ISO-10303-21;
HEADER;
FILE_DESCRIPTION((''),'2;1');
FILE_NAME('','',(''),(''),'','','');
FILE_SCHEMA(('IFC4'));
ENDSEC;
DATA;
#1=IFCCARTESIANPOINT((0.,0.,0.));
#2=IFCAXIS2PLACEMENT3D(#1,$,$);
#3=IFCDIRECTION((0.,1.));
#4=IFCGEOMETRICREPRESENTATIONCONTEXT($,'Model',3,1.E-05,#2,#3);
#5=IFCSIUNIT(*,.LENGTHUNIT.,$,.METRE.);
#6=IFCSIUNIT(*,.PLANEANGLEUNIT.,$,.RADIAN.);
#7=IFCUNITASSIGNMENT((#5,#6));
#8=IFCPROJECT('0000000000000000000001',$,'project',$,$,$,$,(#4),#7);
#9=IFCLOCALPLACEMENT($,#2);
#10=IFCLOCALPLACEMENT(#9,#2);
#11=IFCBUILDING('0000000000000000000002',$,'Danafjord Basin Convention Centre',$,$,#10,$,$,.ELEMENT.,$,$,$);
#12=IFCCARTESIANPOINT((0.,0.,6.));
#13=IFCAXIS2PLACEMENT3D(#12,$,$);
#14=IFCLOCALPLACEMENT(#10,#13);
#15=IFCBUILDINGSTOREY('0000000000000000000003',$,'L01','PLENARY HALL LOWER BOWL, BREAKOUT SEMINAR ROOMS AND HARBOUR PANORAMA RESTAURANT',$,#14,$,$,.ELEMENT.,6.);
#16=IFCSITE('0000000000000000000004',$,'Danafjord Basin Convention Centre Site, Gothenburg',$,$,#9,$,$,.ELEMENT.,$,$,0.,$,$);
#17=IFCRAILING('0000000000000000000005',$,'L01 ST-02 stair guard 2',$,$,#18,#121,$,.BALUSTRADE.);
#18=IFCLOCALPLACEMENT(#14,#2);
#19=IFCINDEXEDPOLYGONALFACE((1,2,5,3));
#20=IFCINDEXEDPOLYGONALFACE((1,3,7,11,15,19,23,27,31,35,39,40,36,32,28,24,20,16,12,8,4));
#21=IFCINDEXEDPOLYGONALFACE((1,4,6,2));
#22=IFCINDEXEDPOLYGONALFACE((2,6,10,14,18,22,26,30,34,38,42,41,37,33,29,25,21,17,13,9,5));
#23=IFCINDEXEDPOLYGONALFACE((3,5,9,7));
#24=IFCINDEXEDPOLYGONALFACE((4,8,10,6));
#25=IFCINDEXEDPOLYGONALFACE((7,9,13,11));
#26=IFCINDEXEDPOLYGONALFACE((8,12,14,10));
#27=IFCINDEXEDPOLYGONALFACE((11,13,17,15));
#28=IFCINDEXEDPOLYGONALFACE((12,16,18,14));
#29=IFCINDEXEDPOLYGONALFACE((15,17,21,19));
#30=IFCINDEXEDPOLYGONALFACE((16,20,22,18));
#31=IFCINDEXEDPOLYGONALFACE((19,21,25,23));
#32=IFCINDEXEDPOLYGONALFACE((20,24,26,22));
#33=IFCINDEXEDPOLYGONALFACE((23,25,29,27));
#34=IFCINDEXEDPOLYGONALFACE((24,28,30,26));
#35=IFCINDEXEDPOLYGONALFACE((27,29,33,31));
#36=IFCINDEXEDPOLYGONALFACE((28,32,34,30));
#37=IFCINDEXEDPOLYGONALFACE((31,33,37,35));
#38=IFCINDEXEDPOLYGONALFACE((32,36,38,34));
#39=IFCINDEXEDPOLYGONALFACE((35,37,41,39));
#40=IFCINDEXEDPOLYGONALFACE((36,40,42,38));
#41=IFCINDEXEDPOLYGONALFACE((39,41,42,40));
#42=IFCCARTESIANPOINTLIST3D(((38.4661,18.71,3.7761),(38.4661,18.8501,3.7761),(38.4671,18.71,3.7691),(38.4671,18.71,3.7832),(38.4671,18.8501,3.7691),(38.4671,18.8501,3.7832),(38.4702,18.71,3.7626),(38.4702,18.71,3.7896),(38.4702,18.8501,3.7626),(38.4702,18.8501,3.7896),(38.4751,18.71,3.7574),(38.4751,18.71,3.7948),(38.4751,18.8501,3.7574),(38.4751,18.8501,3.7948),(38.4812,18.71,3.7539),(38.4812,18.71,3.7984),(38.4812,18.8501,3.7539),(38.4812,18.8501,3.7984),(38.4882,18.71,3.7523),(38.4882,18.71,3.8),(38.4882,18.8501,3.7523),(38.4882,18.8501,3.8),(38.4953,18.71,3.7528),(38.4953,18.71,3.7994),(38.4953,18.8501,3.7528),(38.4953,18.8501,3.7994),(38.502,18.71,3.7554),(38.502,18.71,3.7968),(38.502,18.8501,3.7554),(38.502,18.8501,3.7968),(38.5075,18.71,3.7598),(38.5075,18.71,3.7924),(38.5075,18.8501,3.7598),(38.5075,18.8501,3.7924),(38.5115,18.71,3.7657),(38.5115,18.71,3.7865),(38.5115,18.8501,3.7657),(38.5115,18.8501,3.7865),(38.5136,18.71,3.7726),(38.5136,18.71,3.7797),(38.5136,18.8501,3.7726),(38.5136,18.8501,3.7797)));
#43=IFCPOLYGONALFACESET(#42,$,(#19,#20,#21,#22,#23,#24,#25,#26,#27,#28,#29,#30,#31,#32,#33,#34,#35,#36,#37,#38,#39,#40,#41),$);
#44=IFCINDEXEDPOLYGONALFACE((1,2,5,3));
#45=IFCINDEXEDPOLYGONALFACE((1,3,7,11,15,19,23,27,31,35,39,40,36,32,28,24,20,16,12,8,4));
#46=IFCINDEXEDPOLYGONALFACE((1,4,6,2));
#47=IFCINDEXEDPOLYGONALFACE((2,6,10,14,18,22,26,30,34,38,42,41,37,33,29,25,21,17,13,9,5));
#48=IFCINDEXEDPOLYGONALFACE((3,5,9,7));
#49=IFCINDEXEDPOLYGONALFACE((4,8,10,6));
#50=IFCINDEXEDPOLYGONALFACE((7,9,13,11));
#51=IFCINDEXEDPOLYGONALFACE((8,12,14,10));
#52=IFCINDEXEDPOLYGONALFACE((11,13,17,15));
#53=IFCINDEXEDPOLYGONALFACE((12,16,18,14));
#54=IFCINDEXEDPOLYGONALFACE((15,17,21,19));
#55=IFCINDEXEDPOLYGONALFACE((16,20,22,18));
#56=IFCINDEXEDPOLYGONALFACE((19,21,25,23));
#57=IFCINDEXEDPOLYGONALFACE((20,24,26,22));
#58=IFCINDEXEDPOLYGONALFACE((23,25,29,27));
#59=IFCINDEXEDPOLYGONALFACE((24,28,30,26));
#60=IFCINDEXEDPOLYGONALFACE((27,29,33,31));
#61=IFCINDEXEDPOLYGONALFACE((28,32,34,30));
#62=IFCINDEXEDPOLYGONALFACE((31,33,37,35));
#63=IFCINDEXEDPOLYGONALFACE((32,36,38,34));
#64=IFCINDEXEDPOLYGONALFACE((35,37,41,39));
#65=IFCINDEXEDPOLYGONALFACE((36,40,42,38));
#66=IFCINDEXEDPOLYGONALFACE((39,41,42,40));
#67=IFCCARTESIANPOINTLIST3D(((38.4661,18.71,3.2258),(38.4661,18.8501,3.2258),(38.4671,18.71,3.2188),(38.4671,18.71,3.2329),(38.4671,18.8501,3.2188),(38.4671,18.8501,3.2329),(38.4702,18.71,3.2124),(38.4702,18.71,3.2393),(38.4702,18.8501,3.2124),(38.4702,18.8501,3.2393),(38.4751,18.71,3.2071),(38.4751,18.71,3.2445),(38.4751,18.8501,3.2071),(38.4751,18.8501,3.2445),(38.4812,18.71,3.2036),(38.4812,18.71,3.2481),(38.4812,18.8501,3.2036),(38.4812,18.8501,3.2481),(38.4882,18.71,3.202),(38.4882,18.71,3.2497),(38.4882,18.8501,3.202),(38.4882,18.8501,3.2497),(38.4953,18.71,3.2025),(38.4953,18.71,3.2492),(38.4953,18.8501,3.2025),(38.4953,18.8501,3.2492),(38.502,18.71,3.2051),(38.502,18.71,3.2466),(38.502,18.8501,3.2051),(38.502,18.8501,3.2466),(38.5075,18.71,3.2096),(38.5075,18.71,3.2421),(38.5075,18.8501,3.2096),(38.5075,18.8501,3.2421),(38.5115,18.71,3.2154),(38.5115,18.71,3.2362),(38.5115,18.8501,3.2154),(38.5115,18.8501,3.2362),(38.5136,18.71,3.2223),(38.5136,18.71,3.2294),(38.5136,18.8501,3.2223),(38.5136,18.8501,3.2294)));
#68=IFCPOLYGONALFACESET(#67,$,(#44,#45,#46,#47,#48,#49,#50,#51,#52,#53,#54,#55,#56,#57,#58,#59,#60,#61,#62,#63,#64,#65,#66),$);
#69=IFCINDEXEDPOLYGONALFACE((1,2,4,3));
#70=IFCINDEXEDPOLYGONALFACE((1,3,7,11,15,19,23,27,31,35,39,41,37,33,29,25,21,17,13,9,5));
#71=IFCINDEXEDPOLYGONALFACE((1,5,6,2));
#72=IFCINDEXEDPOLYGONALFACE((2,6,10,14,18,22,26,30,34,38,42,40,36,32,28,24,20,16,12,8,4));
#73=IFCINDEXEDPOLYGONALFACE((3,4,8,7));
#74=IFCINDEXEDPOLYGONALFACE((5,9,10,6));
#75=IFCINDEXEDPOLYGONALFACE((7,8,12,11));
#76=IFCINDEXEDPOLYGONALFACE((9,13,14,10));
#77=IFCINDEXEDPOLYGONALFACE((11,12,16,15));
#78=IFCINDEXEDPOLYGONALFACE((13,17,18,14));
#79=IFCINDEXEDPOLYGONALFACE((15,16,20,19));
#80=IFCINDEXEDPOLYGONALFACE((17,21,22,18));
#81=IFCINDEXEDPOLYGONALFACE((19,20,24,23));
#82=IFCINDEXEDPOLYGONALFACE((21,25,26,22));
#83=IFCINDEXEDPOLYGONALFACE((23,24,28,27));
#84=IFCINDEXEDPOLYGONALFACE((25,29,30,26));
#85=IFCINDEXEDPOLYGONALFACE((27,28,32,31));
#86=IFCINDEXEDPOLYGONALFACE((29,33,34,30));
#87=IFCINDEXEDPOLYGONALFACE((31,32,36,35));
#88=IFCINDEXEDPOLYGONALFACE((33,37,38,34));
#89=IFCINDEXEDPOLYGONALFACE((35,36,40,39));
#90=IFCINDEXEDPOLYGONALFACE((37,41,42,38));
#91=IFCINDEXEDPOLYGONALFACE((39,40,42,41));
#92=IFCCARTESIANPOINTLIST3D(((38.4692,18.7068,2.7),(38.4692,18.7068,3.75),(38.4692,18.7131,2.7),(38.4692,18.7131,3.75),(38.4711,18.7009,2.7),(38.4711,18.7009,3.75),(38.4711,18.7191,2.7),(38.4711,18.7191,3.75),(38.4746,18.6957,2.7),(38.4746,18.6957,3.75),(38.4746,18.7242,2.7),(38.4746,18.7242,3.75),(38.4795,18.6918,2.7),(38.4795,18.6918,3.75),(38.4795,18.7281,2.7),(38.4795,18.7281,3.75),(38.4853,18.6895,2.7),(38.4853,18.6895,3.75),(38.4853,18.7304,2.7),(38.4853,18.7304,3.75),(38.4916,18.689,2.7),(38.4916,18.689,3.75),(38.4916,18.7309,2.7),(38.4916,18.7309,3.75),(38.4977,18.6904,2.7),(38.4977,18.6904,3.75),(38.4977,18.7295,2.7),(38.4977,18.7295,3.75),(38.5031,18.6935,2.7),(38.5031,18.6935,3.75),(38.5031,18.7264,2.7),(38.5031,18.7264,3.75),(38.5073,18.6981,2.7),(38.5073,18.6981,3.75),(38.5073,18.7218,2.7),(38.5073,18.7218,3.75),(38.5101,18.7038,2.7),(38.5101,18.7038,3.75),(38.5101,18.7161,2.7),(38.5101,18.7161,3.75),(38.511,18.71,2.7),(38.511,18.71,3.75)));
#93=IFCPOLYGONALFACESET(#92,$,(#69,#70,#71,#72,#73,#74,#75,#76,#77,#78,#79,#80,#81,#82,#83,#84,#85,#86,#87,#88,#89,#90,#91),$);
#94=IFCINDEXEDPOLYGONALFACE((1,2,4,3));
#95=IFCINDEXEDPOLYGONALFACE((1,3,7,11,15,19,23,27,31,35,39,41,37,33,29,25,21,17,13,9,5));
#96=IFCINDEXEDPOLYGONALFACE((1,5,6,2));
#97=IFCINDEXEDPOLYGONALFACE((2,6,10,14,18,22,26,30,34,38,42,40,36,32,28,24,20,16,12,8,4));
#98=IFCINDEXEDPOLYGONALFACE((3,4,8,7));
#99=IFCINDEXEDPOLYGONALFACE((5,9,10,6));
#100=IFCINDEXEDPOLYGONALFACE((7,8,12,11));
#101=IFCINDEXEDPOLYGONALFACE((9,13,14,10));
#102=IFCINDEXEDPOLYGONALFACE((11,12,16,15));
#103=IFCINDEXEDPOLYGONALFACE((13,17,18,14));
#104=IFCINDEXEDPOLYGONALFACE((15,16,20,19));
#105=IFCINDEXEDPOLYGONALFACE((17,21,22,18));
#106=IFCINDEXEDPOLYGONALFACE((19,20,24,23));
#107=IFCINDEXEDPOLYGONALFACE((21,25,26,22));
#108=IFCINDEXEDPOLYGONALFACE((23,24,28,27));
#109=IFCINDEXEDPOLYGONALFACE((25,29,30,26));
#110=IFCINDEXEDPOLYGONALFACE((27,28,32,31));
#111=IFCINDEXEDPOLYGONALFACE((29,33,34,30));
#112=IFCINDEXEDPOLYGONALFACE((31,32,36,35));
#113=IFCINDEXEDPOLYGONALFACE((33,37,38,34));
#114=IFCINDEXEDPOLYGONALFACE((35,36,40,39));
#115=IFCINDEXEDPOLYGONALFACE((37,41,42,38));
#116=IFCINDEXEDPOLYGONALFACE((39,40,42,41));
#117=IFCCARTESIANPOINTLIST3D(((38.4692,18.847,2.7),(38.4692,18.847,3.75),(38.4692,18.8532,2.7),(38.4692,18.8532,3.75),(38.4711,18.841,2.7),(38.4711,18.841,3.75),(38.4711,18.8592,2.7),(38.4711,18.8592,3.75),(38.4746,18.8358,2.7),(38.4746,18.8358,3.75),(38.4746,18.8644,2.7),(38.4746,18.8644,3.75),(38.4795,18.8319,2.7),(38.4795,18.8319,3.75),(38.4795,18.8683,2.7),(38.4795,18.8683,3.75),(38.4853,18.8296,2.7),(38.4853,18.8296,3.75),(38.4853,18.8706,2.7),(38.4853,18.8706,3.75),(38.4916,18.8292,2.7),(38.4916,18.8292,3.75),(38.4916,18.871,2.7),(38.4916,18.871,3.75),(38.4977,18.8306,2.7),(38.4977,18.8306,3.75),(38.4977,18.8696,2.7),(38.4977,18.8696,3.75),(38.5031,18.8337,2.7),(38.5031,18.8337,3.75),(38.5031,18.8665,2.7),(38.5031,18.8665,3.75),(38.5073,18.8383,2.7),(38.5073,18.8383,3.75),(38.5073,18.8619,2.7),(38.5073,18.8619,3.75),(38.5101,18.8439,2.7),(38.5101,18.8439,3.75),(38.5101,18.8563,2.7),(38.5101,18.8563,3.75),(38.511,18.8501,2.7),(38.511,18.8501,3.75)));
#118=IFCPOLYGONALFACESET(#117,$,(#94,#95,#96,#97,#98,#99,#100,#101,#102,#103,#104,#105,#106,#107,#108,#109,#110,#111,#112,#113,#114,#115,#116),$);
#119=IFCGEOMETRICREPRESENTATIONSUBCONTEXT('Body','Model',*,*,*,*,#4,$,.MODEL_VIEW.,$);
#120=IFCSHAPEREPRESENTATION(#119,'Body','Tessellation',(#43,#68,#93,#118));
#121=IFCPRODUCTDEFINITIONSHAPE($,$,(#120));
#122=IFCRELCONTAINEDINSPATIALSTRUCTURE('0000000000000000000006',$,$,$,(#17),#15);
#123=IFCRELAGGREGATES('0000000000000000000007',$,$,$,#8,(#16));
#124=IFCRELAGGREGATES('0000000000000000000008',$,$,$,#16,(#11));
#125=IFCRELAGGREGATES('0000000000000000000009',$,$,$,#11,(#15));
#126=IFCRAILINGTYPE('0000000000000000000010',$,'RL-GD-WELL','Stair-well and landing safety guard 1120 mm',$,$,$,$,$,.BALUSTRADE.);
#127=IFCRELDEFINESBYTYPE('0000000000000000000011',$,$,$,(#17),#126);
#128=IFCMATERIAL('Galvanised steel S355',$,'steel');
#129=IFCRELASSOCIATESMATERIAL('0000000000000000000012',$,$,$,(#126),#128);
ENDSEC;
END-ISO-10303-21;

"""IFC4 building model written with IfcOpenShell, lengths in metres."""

from ifc_helpers import new_model, si_unit, direction, frame, origin, origin_2d, place, context, subcontext, project, spatial, circle, extrude, material, type_object, element, save


model = new_model("IFC4")

# Units and contexts
model_context = context("Model", 3, precision=1e-05, world=origin(), true_north=direction((0.0, 1.0)))
body_context = subcontext(model_context, "Body", "Model", "MODEL_VIEW")
ifc_project = project(units=[si_unit("LENGTHUNIT", "METRE"), si_unit("PLANEANGLEUNIT", "RADIAN")], contexts=[model_context])

# Site, building, storey
site_placement = place(None, origin())
site = spatial("IfcSite", under=ifc_project, at=site_placement, Name="Danafjord Basin Convention Centre Site, Gothenburg", CompositionType="ELEMENT", RefElevation=0.0)
building_placement = place(site_placement, origin())
building = spatial("IfcBuilding", under=site, at=building_placement, Name="Danafjord Basin Convention Centre", CompositionType="ELEMENT")
storey_placement = place(building_placement, frame((0.0, 0.0, 6.0)))
storey = spatial("IfcBuildingStorey", under=building, at=storey_placement, Name="L01", Description="PLENARY HALL LOWER BOWL, BREAKOUT SEMINAR ROOMS AND HARBOUR PANORAMA RESTAURANT", CompositionType="ELEMENT", Elevation=6.0)

# Railing
ifc_material_1 = material(Name="Galvanised steel S355", Category="steel")
railing_type_1 = type_object("IfcRailingType", Name="RL-GD-WELL", Description="Stair-well and landing safety guard 1120 mm", PredefinedType="BALUSTRADE", material=ifc_material_1)
railing_1_placement = place(storey_placement, frame((38.49, 18.71, 2.7)))
element("IfcRailing", 1, at=railing_1_placement, inside=storey, type_object=railing_type_1, Name="L01 ST-02 stair guard 2", PredefinedType="BALUSTRADE", context=body_context, shape_type="SweptSolid", body=[
    extrude(circle(Radius=0.0239, at=origin_2d()), frame((0.0, 0.0, 1.0762), z_axis=(0.0, 1.0, 0.0), x_axis=(-1.0, 0.0, 0.0)), (0.0, 0.0, 1.0), 0.1401),
    extrude(circle(Radius=0.0239, at=origin_2d()), frame((0.0, 0.0, 0.5259), z_axis=(0.0, 1.0, 0.0), x_axis=(-1.0, 0.0, 0.0)), (0.0, 0.0, 1.0), 0.1401),
    extrude(circle(Radius=0.021, at=origin_2d()), origin(), (0.0, 0.0, 1.0), 1.05),
    extrude(circle(Radius=0.021, at=origin_2d()), frame((0.0, 0.1401, 0.0)), (0.0, 0.0, 1.0), 1.05),
])

save(model, "model.ifc")
